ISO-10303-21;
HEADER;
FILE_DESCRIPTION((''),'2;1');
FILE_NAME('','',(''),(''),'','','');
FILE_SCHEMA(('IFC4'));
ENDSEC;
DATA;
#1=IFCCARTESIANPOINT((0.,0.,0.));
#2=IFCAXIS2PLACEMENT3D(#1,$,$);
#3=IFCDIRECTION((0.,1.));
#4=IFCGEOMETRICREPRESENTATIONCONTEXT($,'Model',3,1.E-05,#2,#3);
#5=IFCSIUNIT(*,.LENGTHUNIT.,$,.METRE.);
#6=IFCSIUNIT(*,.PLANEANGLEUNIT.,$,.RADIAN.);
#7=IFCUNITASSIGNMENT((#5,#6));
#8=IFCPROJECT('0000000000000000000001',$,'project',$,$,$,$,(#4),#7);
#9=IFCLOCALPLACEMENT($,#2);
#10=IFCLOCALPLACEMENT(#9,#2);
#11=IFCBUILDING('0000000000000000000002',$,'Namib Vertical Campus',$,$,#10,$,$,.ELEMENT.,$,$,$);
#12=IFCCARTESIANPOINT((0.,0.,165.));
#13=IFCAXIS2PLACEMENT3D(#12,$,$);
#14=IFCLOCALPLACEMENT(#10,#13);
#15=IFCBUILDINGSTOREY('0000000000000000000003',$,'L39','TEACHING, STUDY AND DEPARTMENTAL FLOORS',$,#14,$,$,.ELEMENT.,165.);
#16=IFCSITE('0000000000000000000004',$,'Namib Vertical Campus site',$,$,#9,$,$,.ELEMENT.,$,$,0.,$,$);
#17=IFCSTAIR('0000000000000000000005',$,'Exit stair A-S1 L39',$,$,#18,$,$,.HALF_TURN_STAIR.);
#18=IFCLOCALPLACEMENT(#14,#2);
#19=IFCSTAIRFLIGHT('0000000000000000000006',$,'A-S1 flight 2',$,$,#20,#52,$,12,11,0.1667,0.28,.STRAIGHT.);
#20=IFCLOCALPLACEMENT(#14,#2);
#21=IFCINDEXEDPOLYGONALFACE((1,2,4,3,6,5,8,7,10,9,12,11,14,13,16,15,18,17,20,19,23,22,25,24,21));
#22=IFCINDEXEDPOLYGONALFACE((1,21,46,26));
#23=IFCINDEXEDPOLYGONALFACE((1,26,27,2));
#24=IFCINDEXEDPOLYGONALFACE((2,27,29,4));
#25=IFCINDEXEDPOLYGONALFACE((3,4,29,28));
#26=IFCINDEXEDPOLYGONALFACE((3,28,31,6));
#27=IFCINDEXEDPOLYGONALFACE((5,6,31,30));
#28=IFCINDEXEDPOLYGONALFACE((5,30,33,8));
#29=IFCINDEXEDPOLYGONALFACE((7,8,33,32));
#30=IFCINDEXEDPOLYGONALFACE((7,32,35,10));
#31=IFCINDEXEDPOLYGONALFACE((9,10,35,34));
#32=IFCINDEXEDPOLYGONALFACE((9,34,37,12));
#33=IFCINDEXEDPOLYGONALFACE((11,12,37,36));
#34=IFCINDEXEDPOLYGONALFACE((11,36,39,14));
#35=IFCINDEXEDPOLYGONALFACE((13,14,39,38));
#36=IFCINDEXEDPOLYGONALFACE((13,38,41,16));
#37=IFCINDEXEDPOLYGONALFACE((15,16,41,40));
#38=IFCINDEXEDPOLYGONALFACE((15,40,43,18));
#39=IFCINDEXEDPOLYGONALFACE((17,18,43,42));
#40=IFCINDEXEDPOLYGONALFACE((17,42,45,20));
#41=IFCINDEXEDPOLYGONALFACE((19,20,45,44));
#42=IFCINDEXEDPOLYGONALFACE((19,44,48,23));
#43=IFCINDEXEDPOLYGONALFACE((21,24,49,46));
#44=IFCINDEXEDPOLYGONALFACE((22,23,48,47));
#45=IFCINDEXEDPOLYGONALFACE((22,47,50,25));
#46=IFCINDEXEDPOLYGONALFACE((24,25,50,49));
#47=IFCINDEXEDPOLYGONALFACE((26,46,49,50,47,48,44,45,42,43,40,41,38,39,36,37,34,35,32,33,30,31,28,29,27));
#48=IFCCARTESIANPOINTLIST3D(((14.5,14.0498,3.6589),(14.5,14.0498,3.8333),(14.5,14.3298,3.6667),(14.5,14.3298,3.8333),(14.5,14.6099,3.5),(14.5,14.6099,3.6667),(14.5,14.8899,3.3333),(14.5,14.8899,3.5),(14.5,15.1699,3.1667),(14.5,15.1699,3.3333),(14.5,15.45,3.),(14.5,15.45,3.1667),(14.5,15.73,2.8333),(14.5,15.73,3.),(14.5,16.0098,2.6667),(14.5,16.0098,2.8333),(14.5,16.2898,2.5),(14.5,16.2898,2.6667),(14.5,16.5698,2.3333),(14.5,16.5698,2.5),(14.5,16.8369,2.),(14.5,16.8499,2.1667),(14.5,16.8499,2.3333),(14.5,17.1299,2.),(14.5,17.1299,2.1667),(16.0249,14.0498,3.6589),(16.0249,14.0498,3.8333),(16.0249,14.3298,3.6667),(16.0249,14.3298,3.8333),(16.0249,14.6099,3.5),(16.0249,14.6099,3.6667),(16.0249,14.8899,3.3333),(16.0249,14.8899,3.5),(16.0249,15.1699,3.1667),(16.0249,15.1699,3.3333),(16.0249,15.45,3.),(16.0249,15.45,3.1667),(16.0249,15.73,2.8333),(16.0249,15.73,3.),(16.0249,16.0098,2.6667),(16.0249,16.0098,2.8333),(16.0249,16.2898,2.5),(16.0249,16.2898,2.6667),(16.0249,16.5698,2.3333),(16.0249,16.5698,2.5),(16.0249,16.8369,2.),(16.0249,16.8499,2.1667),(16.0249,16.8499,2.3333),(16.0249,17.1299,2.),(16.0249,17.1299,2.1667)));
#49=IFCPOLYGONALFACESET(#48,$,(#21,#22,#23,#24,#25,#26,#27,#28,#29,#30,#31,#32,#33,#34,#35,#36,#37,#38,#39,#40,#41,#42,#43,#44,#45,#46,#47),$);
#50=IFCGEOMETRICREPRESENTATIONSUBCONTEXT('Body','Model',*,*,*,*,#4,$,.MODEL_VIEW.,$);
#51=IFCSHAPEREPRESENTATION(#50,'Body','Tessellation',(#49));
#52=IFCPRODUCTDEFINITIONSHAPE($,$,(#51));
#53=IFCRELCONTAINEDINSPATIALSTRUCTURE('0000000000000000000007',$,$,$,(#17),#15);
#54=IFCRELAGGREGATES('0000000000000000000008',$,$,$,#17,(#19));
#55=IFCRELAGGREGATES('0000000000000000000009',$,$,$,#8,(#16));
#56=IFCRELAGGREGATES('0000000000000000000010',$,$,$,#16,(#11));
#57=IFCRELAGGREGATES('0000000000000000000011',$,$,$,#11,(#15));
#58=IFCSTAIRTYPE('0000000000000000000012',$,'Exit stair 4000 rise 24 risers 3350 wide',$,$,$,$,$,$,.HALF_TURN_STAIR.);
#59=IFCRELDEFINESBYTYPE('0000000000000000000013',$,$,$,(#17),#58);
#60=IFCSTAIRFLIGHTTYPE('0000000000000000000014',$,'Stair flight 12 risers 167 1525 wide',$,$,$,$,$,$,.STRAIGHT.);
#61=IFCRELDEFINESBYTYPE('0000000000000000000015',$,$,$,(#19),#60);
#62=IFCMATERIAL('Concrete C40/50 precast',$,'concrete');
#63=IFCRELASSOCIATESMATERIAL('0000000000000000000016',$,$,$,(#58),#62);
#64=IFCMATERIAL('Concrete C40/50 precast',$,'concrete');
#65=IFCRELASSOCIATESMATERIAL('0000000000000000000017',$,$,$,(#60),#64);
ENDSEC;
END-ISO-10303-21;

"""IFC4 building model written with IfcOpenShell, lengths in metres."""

from ifc_helpers import new_model, si_unit, direction, frame, origin, place, context, subcontext, project, spatial, polyline, outline, extrude, material, type_object, element, aggregate, save


model = new_model("IFC4")

# Units and contexts
model_context = context("Model", 3, precision=1e-05, world=origin(), true_north=direction((0.0, 1.0)))
body_context = subcontext(model_context, "Body", "Model", "MODEL_VIEW")
ifc_project = project(units=[si_unit("LENGTHUNIT", "METRE"), si_unit("PLANEANGLEUNIT", "RADIAN")], contexts=[model_context])

# Site, building, storey
site_placement = place(None, origin())
site = spatial("IfcSite", under=ifc_project, at=site_placement, Name="Namib Vertical Campus site", CompositionType="ELEMENT", RefElevation=0.0)
building_placement = place(site_placement, origin())
building = spatial("IfcBuilding", under=site, at=building_placement, Name="Namib Vertical Campus", CompositionType="ELEMENT")
storey_placement = place(building_placement, frame((0.0, 0.0, 165.0)))
storey = spatial("IfcBuildingStorey", under=building, at=storey_placement, Name="L39", Description="TEACHING, STUDY AND DEPARTMENTAL FLOORS", CompositionType="ELEMENT", Elevation=165.0)

# Stair, stair flight
ifc_material_1 = material(Name="Concrete C40/50 precast", Category="concrete")
stair_type = type_object("IfcStairType", Name="Exit stair 4000 rise 24 risers 3350 wide", PredefinedType="HALF_TURN_STAIR", material=ifc_material_1)
stair_placement = place(storey_placement, origin())
stair = element("IfcStair", 1, at=stair_placement, inside=storey, type_object=stair_type, Name="Exit stair A-S1 L39", PredefinedType="HALF_TURN_STAIR")
ifc_material_2 = material(Name="Concrete C40/50 precast", Category="concrete")
stair_flight_type = type_object("IfcStairFlightType", Name="Stair flight 12 risers 167 1525 wide", PredefinedType="STRAIGHT", material=ifc_material_2)
stair_flight_1_placement = place(storey_placement, frame((15.2625, 17.1299, 2.0), z_axis=(0.0, 0.0, 1.0), x_axis=(0.0, -1.0, 0.0)))
stair_flight_1 = element("IfcStairFlight", 2, at=stair_flight_1_placement, type_object=stair_flight_type, Name="A-S1 flight 2", NumberOfRisers=12, NumberOfTreads=11, PredefinedType="STRAIGHT", RiserHeight=0.1667, TreadLength=0.28, context=body_context, shape_type="SweptSolid", body=[
    extrude(outline(polyline([(0.0, 0.0), (0.0, 0.1667), (0.28, 0.1667), (0.28, 0.3333), (0.5601, 0.3333), (0.5601, 0.5), (0.8401, 0.5), (0.8401, 0.6667), (1.1201, 0.6667), (1.1201, 0.8333), (1.3999, 0.8333), (1.3999, 1.0), (1.6799, 1.0), (1.6799, 1.1667), (1.96, 1.1667), (1.96, 1.3333), (2.24, 1.3333), (2.24, 1.5), (2.52, 1.5), (2.52, 1.6667), (2.8, 1.6667), (2.8, 1.8333), (3.0801, 1.8333), (3.0801, 2.0), (3.0801, 1.6589), (0.293, 0.0), (0.0, 0.0)])), frame((0.0, 0.7625, 0.0), z_axis=(0.0, -1.0, 0.0), x_axis=(1.0, 0.0, 0.0)), (0.0, 0.0, 1.0), 1.5249),
])
aggregate(stair, [stair_flight_1])

save(model, "model.ifc")
